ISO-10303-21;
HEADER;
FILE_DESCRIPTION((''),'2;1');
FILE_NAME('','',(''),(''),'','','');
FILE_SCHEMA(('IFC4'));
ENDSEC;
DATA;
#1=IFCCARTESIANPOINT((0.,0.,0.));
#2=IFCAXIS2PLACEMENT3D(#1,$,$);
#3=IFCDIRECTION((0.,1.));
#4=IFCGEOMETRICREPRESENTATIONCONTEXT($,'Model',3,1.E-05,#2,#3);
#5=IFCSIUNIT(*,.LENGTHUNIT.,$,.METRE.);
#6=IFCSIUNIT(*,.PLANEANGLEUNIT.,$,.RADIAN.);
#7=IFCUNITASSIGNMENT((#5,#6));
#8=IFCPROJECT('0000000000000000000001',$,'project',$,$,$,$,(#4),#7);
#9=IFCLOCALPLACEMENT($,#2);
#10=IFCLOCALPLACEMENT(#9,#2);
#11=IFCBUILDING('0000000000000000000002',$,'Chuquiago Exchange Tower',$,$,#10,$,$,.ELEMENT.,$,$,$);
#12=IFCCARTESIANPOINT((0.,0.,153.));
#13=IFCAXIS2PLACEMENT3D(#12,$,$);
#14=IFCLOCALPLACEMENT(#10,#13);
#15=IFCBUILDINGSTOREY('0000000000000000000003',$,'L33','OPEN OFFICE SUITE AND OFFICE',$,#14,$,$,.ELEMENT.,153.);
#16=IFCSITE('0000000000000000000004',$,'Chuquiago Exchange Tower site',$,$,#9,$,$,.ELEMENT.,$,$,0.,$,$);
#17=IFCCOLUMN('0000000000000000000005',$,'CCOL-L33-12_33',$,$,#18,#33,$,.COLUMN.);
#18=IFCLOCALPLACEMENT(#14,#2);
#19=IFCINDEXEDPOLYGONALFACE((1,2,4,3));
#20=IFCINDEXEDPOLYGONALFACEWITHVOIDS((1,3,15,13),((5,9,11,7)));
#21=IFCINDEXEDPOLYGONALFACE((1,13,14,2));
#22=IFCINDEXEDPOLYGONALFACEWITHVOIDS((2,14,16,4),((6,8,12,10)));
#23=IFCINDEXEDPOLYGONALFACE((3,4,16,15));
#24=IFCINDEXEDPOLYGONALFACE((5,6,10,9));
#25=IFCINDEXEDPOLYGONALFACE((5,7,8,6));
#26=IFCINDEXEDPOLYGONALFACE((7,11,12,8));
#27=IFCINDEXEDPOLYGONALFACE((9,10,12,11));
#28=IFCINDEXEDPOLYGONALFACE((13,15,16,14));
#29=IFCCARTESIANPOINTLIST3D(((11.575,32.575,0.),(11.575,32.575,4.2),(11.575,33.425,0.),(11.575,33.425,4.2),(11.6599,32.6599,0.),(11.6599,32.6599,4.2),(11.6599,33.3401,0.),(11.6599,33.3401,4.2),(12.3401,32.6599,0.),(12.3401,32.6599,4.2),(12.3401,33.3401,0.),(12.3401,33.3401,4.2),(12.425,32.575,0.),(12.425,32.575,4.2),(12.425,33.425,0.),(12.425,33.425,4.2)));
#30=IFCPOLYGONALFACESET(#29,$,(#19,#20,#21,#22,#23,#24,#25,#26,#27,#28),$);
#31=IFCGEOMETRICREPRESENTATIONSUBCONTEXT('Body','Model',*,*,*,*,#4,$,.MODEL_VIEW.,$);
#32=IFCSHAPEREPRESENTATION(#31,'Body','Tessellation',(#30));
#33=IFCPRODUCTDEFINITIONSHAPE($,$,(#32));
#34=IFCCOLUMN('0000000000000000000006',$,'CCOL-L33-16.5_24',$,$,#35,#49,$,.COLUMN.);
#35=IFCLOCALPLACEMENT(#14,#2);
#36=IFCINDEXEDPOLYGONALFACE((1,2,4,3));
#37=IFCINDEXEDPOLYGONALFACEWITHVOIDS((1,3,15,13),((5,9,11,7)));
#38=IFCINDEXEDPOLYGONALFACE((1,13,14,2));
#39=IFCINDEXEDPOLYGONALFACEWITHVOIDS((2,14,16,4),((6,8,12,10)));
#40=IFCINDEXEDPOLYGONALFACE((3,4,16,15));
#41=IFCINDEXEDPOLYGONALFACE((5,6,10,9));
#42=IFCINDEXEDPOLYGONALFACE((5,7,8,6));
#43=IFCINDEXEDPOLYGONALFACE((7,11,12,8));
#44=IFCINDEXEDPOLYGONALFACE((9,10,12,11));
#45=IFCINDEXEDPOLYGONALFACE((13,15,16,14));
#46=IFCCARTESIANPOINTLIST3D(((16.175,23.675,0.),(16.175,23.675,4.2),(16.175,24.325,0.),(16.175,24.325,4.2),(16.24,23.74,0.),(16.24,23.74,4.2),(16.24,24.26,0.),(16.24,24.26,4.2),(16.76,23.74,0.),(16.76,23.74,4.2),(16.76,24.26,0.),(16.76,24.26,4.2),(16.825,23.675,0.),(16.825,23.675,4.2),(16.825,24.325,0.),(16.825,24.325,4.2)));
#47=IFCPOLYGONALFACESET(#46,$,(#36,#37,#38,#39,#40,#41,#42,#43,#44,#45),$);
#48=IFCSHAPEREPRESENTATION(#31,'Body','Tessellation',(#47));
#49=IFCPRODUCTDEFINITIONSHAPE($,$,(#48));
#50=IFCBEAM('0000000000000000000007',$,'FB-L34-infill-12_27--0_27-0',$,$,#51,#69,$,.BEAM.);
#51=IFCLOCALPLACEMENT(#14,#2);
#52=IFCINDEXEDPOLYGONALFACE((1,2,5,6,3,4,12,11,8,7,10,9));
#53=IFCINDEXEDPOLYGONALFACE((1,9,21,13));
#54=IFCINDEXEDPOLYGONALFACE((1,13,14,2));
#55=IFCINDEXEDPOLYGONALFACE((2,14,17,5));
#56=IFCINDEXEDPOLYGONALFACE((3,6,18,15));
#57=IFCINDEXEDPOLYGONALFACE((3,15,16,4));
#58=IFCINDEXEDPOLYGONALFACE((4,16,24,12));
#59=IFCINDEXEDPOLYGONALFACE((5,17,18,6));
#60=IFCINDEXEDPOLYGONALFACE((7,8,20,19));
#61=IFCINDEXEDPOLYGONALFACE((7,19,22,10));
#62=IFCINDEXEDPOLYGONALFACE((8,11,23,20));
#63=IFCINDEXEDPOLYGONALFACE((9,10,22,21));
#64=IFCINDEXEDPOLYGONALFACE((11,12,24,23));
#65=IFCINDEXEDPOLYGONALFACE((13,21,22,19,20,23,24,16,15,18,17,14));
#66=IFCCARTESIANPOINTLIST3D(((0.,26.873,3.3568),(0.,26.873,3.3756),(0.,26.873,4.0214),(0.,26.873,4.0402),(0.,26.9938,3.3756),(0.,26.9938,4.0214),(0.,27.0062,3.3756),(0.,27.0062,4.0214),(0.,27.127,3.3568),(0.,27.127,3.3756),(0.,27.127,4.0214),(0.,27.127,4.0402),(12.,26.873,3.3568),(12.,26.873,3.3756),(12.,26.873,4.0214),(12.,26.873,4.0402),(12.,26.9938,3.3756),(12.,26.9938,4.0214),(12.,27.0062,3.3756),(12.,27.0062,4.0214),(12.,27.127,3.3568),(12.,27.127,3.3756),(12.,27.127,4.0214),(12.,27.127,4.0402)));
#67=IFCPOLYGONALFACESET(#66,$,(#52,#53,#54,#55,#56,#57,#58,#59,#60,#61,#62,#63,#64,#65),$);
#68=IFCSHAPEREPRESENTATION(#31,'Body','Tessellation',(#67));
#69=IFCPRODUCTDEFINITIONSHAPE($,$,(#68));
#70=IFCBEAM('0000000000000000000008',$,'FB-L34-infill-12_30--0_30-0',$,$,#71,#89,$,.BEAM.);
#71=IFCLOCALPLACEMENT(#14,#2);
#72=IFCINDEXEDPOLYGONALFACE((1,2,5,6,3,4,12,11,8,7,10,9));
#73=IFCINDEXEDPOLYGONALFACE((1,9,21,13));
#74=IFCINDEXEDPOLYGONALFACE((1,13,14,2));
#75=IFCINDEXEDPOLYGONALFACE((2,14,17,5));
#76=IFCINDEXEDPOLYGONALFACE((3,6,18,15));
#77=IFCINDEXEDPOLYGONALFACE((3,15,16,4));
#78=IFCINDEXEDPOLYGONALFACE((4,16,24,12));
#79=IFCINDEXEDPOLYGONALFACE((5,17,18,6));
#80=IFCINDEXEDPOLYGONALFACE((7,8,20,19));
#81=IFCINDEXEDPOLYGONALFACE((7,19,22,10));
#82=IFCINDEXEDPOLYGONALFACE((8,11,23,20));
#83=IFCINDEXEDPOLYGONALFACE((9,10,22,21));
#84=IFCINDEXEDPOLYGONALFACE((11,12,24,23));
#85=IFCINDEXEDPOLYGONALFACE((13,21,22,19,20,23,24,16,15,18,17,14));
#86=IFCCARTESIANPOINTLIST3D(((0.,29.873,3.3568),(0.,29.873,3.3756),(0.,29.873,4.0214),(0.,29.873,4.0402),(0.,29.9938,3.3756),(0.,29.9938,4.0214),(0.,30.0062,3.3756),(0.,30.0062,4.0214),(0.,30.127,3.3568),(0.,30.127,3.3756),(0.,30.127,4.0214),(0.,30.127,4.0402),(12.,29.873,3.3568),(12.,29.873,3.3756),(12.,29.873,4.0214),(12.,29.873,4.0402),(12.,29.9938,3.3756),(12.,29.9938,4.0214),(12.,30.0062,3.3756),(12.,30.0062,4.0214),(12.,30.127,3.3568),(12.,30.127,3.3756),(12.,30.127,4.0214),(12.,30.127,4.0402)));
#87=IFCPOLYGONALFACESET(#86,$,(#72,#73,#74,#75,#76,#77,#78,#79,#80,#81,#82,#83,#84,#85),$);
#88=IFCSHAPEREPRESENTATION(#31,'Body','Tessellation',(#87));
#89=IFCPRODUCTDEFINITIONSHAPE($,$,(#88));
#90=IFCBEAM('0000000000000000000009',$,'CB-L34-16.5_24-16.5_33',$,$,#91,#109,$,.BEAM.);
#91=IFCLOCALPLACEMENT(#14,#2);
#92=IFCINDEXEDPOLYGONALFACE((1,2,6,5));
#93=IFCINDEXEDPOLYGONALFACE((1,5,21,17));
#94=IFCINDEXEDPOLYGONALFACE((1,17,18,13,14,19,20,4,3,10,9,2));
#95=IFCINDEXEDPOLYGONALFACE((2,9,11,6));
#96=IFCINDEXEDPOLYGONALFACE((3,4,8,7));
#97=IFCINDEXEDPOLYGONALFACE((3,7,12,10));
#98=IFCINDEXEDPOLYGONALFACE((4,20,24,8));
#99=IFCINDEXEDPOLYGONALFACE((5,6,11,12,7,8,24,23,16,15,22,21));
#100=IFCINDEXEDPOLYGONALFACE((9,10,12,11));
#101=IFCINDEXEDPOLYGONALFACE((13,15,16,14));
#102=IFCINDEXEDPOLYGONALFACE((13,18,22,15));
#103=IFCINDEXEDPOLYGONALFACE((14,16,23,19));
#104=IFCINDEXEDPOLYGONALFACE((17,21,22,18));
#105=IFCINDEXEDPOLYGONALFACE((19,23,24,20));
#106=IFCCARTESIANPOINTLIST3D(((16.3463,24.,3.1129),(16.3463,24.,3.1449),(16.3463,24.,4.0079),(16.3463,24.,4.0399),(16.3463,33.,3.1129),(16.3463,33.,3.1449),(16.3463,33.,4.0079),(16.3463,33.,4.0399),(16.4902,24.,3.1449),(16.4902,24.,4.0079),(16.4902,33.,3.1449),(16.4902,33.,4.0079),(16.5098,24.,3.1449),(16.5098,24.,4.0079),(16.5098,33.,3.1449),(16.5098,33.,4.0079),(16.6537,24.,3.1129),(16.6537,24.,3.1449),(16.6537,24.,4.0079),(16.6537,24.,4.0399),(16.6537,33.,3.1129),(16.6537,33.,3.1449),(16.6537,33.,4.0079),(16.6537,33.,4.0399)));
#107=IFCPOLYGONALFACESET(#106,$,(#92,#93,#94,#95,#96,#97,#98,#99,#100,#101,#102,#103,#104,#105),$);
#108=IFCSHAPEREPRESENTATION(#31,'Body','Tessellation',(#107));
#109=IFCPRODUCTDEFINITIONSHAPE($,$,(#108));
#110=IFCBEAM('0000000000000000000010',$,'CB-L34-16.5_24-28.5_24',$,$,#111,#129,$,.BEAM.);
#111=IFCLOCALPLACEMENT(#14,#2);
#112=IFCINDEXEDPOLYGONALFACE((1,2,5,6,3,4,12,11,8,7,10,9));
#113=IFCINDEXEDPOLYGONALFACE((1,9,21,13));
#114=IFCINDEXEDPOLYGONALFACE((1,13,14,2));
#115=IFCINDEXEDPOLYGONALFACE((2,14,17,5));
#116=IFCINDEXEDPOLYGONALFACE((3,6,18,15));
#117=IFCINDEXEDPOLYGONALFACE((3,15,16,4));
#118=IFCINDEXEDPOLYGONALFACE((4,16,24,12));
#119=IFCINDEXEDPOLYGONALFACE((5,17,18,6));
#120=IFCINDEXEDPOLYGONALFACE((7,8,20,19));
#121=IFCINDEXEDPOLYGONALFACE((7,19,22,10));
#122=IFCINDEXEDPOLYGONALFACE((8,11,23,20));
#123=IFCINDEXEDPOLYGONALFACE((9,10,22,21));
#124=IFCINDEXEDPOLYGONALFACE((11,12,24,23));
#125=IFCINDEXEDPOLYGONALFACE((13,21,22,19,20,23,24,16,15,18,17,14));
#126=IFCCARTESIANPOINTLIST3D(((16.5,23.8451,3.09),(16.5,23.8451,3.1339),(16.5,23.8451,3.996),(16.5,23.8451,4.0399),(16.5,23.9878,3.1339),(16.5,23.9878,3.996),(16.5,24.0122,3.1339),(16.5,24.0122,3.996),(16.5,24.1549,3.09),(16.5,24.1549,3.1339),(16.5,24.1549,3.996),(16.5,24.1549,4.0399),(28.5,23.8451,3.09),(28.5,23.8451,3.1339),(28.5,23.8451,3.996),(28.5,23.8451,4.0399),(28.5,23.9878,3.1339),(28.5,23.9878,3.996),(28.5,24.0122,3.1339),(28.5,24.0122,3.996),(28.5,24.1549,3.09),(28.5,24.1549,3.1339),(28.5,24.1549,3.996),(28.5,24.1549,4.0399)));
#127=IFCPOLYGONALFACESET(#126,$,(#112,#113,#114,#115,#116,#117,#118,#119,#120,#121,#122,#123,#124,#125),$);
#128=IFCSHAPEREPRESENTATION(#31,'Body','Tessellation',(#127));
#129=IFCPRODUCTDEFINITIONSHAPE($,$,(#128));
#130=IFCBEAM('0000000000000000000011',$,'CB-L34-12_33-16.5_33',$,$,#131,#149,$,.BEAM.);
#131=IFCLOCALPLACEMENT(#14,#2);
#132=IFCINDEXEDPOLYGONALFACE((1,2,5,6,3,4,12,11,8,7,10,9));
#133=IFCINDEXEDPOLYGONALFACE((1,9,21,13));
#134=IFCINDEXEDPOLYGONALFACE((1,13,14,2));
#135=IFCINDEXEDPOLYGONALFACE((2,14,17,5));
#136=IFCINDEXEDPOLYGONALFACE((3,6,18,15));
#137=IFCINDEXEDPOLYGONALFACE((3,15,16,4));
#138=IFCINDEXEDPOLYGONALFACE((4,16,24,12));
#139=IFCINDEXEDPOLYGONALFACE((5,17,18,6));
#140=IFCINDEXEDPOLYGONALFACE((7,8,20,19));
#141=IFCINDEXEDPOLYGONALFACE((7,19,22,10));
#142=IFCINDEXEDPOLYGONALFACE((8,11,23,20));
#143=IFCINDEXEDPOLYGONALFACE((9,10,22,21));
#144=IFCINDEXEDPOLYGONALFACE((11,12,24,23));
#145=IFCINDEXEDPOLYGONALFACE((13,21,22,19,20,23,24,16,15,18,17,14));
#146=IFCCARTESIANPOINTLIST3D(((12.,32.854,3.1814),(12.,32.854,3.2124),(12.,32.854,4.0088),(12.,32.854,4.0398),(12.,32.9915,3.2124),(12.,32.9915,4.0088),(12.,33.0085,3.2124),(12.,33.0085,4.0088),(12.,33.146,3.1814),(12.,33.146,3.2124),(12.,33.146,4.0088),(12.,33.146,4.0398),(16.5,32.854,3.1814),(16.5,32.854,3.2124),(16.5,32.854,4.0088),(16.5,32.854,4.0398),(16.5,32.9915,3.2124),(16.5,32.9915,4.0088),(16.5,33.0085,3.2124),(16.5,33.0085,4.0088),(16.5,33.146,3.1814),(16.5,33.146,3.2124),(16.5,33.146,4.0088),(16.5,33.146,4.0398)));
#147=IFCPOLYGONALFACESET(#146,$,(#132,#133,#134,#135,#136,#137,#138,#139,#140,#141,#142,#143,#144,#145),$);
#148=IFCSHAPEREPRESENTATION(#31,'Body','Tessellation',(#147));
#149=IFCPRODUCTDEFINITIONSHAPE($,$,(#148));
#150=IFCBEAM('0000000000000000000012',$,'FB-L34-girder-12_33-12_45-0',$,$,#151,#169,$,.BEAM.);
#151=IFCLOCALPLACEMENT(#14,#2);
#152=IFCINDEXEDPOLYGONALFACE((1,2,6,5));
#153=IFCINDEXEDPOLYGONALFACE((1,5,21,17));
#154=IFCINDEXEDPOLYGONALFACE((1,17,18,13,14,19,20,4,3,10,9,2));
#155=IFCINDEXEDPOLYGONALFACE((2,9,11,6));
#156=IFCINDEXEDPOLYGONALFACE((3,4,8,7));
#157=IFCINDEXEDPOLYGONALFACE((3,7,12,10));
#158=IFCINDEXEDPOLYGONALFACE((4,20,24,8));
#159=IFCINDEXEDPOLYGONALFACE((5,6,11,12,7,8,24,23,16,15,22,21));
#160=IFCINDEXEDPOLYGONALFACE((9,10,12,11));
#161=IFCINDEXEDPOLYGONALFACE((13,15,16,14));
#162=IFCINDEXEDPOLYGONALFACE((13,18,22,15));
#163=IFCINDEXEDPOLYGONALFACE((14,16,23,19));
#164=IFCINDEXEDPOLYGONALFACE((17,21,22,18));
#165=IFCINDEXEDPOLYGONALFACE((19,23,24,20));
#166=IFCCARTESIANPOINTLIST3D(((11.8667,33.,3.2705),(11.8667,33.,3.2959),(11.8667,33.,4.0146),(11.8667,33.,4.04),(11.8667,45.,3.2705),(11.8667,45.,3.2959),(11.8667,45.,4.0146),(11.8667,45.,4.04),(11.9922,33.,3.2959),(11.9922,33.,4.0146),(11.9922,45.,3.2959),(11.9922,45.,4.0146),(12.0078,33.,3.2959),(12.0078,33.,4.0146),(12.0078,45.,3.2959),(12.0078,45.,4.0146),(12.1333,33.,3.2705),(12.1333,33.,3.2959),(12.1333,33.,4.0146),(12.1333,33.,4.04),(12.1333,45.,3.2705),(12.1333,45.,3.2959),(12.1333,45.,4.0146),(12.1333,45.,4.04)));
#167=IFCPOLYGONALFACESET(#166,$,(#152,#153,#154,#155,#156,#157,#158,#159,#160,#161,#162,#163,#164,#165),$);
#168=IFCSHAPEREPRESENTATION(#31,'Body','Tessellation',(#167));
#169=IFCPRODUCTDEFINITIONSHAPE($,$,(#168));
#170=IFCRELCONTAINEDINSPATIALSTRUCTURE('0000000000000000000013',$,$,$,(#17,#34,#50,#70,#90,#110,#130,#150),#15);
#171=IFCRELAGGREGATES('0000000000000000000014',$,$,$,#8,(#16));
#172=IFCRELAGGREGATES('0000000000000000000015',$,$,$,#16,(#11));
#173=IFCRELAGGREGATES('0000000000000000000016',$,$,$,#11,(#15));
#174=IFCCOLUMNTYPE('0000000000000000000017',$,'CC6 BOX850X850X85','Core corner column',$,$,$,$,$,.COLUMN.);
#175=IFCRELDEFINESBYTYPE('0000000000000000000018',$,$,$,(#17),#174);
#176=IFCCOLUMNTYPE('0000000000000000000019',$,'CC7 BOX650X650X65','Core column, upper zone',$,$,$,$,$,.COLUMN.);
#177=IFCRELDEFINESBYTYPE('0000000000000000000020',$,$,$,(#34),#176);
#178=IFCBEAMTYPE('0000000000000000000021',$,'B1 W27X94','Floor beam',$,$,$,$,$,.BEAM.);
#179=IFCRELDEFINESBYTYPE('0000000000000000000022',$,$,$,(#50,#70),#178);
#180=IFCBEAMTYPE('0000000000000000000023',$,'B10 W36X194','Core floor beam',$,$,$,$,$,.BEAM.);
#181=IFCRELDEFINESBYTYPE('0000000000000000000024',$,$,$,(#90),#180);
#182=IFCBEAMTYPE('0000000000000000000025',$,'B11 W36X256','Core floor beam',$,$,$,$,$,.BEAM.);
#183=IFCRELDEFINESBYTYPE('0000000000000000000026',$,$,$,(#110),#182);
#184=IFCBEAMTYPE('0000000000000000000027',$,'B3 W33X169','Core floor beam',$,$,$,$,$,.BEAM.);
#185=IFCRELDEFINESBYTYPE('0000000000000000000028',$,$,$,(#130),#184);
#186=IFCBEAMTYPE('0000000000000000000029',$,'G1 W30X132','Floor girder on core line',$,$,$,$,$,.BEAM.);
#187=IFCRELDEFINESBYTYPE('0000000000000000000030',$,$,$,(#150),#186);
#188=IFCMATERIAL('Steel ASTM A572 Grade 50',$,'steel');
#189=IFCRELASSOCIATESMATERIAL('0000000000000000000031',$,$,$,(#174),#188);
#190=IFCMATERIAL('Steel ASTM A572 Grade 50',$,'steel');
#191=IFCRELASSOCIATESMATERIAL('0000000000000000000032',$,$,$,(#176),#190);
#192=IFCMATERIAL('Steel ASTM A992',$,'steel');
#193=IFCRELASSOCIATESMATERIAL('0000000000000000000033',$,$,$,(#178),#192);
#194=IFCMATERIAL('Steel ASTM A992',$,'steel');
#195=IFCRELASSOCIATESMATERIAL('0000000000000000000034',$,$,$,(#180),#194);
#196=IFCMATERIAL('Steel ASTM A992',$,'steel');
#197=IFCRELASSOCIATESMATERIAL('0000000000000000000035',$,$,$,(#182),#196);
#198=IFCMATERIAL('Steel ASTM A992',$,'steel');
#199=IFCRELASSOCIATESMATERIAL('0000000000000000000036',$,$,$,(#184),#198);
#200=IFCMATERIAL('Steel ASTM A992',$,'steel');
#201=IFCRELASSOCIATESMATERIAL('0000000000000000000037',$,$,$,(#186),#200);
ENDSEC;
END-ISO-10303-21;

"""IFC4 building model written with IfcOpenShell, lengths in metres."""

from ifc_helpers import new_model, si_unit, direction, frame, origin, origin_2d, place, context, subcontext, project, spatial, hollow_rectangle, i_section, extrude, material, material_profile, profile_set, type_object, element, save


model = new_model("IFC4")

# Units and contexts
model_context = context("Model", 3, precision=1e-05, world=origin(), true_north=direction((0.0, 1.0)))
body_context = subcontext(model_context, "Body", "Model", "MODEL_VIEW")
ifc_project = project(units=[si_unit("LENGTHUNIT", "METRE"), si_unit("PLANEANGLEUNIT", "RADIAN")], contexts=[model_context])

# Site, building, storey
site_placement = place(None, origin())
site = spatial("IfcSite", under=ifc_project, at=site_placement, Name="Chuquiago Exchange Tower site", CompositionType="ELEMENT", RefElevation=0.0)
building_placement = place(site_placement, origin())
building = spatial("IfcBuilding", under=site, at=building_placement, Name="Chuquiago Exchange Tower", CompositionType="ELEMENT")
storey_placement = place(building_placement, frame((0.0, 0.0, 153.0)))
storey = spatial("IfcBuildingStorey", under=building, at=storey_placement, Name="L33", Description="OPEN OFFICE SUITE AND OFFICE", CompositionType="ELEMENT", Elevation=153.0)

# Columns
ifc_material_1 = material(Name="Steel ASTM A572 Grade 50", Category="steel")
ifc_material_profile_1 = material_profile(ifc_material_1, hollow_rectangle(XDim=0.8501, YDim=0.8501, WallThickness=0.085, at=origin_2d()), Name="BOX850X850X85")
ifc_profile_set_1 = profile_set([ifc_material_profile_1], Name="Steel ASTM A572 Grade 50")
column_type_1 = type_object("IfcColumnType", Name="CC6 BOX850X850X85", Description="Core corner column", PredefinedType="COLUMN", material=ifc_profile_set_1)
column_1_placement = place(storey_placement, frame((12.0, 33.0, 0.0), z_axis=(0.0, 0.0, 1.0), x_axis=(1.0, 0.0, 0.0)))
element("IfcColumn", 1, at=column_1_placement, inside=storey, type_object=column_type_1, Name="CCOL-L33-12_33", PredefinedType="COLUMN", context=body_context, shape_type="SweptSolid", body=[
    extrude(hollow_rectangle(XDim=0.8501, YDim=0.8501, WallThickness=0.085, at=origin_2d()), origin(), (0.0, 0.0, 1.0), 4.2),
])
ifc_material_2 = material(Name="Steel ASTM A572 Grade 50", Category="steel")
ifc_material_profile_2 = material_profile(ifc_material_2, hollow_rectangle(XDim=0.6499, YDim=0.6499, WallThickness=0.0649, at=origin_2d()), Name="BOX650X650X65")
ifc_profile_set_2 = profile_set([ifc_material_profile_2], Name="Steel ASTM A572 Grade 50")
column_type_2 = type_object("IfcColumnType", Name="CC7 BOX650X650X65", Description="Core column, upper zone", PredefinedType="COLUMN", material=ifc_profile_set_2)
column_2_placement = place(storey_placement, frame((16.5, 24.0, 0.0), z_axis=(0.0, 0.0, 1.0), x_axis=(1.0, 0.0, 0.0)))
element("IfcColumn", 2, at=column_2_placement, inside=storey, type_object=column_type_2, Name="CCOL-L33-16.5_24", PredefinedType="COLUMN", context=body_context, shape_type="SweptSolid", body=[
    extrude(hollow_rectangle(XDim=0.6499, YDim=0.6499, WallThickness=0.0649, at=origin_2d()), origin(), (0.0, 0.0, 1.0), 4.2),
])

# Beams
ifc_material_3 = material(Name="Steel ASTM A992", Category="steel")
ifc_material_profile_3 = material_profile(ifc_material_3, i_section(OverallWidth=0.2539, OverallDepth=0.6833, WebThickness=0.0125, FlangeThickness=0.0188, at=origin_2d()), Name="W27X94")
ifc_profile_set_3 = profile_set([ifc_material_profile_3], Name="Steel ASTM A992")
beam_type_1 = type_object("IfcBeamType", Name="B1 W27X94", Description="Floor beam", PredefinedType="BEAM", material=ifc_profile_set_3)
for number, where, z_axis, x_axis, name in (
    (3, (12.0, 27.0, 3.6985), (-1.0, 0.0, 0.0), (0.0, -1.0, 0.0), "FB-L34-infill-12_27--0_27-0"),
    (4, (12.0, 30.0, 3.6985), (-1.0, 0.0, 0.0), (0.0, -1.0, 0.0), "FB-L34-infill-12_30--0_30-0"),
):
    element("IfcBeam", number, at=place(storey_placement, frame(where, z_axis=z_axis, x_axis=x_axis)), inside=storey, type_object=beam_type_1, Name=name, PredefinedType="BEAM", context=body_context, shape_type="SweptSolid", body=[
        extrude(i_section(OverallWidth=0.2539, OverallDepth=0.6833, WebThickness=0.0125, FlangeThickness=0.0188, at=origin_2d()), origin(), (0.0, 0.0, 1.0), 12.0),
    ])
ifc_material_4 = material(Name="Steel ASTM A992", Category="steel")
ifc_material_profile_4 = material_profile(ifc_material_4, i_section(OverallWidth=0.3074, OverallDepth=0.927, WebThickness=0.0195, FlangeThickness=0.032, at=origin_2d()), Name="W36X194")
ifc_profile_set_4 = profile_set([ifc_material_profile_4], Name="Steel ASTM A992")
beam_type_2 = type_object("IfcBeamType", Name="B10 W36X194", Description="Core floor beam", PredefinedType="BEAM", material=ifc_profile_set_4)
beam_1_placement = place(storey_placement, frame((16.5, 24.0, 3.5764), z_axis=(0.0, 1.0, 0.0), x_axis=(-1.0, 0.0, 0.0)))
element("IfcBeam", 5, at=beam_1_placement, inside=storey, type_object=beam_type_2, Name="CB-L34-16.5_24-16.5_33", PredefinedType="BEAM", context=body_context, shape_type="SweptSolid", body=[
    extrude(i_section(OverallWidth=0.3074, OverallDepth=0.927, WebThickness=0.0195, FlangeThickness=0.032, at=origin_2d()), origin(), (0.0, 0.0, 1.0), 9.0),
])
ifc_material_5 = material(Name="Steel ASTM A992", Category="steel")
ifc_material_profile_5 = material_profile(ifc_material_5, i_section(OverallWidth=0.3098, OverallDepth=0.95, WebThickness=0.0244, FlangeThickness=0.0439, at=origin_2d()), Name="W36X256")
ifc_profile_set_5 = profile_set([ifc_material_profile_5], Name="Steel ASTM A992")
beam_type_3 = type_object("IfcBeamType", Name="B11 W36X256", Description="Core floor beam", PredefinedType="BEAM", material=ifc_profile_set_5)
beam_2_placement = place(storey_placement, frame((16.5, 24.0, 3.5649), z_axis=(1.0, 0.0, 0.0), x_axis=(0.0, 1.0, 0.0)))
element("IfcBeam", 6, at=beam_2_placement, inside=storey, type_object=beam_type_3, Name="CB-L34-16.5_24-28.5_24", PredefinedType="BEAM", context=body_context, shape_type="SweptSolid", body=[
    extrude(i_section(OverallWidth=0.3098, OverallDepth=0.95, WebThickness=0.0244, FlangeThickness=0.0439, at=origin_2d()), origin(), (0.0, 0.0, 1.0), 12.0),
])
ifc_material_6 = material(Name="Steel ASTM A992", Category="steel")
ifc_material_profile_6 = material_profile(ifc_material_6, i_section(OverallWidth=0.292, OverallDepth=0.8584, WebThickness=0.0171, FlangeThickness=0.031, at=origin_2d()), Name="W33X169")
ifc_profile_set_6 = profile_set([ifc_material_profile_6], Name="Steel ASTM A992")
beam_type_4 = type_object("IfcBeamType", Name="B3 W33X169", Description="Core floor beam", PredefinedType="BEAM", material=ifc_profile_set_6)
beam_3_placement = place(storey_placement, frame((12.0, 33.0, 3.6106), z_axis=(1.0, 0.0, 0.0), x_axis=(0.0, 1.0, 0.0)))
element("IfcBeam", 7, at=beam_3_placement, inside=storey, type_object=beam_type_4, Name="CB-L34-12_33-16.5_33", PredefinedType="BEAM", context=body_context, shape_type="SweptSolid", body=[
    extrude(i_section(OverallWidth=0.292, OverallDepth=0.8584, WebThickness=0.0171, FlangeThickness=0.031, at=origin_2d()), origin(), (0.0, 0.0, 1.0), 4.5),
])
ifc_material_7 = material(Name="Steel ASTM A992", Category="steel")
ifc_material_profile_7 = material_profile(ifc_material_7, i_section(OverallWidth=0.2666, OverallDepth=0.7695, WebThickness=0.0156, FlangeThickness=0.0254, at=origin_2d()), Name="W30X132")
ifc_profile_set_7 = profile_set([ifc_material_profile_7], Name="Steel ASTM A992")
beam_type_5 = type_object("IfcBeamType", Name="G1 W30X132", Description="Floor girder on core line", PredefinedType="BEAM", material=ifc_profile_set_7)
for number, where, z_axis, x_axis, name in (
    (8, (12.0, 33.0, 3.6553), (0.0, 1.0, 0.0), (-1.0, 0.0, 0.0), "FB-L34-girder-12_33-12_45-0"),
):
    element("IfcBeam", number, at=place(storey_placement, frame(where, z_axis=z_axis, x_axis=x_axis)), inside=storey, type_object=beam_type_5, Name=name, PredefinedType="BEAM", context=body_context, shape_type="SweptSolid", body=[
        extrude(i_section(OverallWidth=0.2666, OverallDepth=0.7695, WebThickness=0.0156, FlangeThickness=0.0254, at=origin_2d()), origin(), (0.0, 0.0, 1.0), 12.0),
    ])

save(model, "model.ifc")
